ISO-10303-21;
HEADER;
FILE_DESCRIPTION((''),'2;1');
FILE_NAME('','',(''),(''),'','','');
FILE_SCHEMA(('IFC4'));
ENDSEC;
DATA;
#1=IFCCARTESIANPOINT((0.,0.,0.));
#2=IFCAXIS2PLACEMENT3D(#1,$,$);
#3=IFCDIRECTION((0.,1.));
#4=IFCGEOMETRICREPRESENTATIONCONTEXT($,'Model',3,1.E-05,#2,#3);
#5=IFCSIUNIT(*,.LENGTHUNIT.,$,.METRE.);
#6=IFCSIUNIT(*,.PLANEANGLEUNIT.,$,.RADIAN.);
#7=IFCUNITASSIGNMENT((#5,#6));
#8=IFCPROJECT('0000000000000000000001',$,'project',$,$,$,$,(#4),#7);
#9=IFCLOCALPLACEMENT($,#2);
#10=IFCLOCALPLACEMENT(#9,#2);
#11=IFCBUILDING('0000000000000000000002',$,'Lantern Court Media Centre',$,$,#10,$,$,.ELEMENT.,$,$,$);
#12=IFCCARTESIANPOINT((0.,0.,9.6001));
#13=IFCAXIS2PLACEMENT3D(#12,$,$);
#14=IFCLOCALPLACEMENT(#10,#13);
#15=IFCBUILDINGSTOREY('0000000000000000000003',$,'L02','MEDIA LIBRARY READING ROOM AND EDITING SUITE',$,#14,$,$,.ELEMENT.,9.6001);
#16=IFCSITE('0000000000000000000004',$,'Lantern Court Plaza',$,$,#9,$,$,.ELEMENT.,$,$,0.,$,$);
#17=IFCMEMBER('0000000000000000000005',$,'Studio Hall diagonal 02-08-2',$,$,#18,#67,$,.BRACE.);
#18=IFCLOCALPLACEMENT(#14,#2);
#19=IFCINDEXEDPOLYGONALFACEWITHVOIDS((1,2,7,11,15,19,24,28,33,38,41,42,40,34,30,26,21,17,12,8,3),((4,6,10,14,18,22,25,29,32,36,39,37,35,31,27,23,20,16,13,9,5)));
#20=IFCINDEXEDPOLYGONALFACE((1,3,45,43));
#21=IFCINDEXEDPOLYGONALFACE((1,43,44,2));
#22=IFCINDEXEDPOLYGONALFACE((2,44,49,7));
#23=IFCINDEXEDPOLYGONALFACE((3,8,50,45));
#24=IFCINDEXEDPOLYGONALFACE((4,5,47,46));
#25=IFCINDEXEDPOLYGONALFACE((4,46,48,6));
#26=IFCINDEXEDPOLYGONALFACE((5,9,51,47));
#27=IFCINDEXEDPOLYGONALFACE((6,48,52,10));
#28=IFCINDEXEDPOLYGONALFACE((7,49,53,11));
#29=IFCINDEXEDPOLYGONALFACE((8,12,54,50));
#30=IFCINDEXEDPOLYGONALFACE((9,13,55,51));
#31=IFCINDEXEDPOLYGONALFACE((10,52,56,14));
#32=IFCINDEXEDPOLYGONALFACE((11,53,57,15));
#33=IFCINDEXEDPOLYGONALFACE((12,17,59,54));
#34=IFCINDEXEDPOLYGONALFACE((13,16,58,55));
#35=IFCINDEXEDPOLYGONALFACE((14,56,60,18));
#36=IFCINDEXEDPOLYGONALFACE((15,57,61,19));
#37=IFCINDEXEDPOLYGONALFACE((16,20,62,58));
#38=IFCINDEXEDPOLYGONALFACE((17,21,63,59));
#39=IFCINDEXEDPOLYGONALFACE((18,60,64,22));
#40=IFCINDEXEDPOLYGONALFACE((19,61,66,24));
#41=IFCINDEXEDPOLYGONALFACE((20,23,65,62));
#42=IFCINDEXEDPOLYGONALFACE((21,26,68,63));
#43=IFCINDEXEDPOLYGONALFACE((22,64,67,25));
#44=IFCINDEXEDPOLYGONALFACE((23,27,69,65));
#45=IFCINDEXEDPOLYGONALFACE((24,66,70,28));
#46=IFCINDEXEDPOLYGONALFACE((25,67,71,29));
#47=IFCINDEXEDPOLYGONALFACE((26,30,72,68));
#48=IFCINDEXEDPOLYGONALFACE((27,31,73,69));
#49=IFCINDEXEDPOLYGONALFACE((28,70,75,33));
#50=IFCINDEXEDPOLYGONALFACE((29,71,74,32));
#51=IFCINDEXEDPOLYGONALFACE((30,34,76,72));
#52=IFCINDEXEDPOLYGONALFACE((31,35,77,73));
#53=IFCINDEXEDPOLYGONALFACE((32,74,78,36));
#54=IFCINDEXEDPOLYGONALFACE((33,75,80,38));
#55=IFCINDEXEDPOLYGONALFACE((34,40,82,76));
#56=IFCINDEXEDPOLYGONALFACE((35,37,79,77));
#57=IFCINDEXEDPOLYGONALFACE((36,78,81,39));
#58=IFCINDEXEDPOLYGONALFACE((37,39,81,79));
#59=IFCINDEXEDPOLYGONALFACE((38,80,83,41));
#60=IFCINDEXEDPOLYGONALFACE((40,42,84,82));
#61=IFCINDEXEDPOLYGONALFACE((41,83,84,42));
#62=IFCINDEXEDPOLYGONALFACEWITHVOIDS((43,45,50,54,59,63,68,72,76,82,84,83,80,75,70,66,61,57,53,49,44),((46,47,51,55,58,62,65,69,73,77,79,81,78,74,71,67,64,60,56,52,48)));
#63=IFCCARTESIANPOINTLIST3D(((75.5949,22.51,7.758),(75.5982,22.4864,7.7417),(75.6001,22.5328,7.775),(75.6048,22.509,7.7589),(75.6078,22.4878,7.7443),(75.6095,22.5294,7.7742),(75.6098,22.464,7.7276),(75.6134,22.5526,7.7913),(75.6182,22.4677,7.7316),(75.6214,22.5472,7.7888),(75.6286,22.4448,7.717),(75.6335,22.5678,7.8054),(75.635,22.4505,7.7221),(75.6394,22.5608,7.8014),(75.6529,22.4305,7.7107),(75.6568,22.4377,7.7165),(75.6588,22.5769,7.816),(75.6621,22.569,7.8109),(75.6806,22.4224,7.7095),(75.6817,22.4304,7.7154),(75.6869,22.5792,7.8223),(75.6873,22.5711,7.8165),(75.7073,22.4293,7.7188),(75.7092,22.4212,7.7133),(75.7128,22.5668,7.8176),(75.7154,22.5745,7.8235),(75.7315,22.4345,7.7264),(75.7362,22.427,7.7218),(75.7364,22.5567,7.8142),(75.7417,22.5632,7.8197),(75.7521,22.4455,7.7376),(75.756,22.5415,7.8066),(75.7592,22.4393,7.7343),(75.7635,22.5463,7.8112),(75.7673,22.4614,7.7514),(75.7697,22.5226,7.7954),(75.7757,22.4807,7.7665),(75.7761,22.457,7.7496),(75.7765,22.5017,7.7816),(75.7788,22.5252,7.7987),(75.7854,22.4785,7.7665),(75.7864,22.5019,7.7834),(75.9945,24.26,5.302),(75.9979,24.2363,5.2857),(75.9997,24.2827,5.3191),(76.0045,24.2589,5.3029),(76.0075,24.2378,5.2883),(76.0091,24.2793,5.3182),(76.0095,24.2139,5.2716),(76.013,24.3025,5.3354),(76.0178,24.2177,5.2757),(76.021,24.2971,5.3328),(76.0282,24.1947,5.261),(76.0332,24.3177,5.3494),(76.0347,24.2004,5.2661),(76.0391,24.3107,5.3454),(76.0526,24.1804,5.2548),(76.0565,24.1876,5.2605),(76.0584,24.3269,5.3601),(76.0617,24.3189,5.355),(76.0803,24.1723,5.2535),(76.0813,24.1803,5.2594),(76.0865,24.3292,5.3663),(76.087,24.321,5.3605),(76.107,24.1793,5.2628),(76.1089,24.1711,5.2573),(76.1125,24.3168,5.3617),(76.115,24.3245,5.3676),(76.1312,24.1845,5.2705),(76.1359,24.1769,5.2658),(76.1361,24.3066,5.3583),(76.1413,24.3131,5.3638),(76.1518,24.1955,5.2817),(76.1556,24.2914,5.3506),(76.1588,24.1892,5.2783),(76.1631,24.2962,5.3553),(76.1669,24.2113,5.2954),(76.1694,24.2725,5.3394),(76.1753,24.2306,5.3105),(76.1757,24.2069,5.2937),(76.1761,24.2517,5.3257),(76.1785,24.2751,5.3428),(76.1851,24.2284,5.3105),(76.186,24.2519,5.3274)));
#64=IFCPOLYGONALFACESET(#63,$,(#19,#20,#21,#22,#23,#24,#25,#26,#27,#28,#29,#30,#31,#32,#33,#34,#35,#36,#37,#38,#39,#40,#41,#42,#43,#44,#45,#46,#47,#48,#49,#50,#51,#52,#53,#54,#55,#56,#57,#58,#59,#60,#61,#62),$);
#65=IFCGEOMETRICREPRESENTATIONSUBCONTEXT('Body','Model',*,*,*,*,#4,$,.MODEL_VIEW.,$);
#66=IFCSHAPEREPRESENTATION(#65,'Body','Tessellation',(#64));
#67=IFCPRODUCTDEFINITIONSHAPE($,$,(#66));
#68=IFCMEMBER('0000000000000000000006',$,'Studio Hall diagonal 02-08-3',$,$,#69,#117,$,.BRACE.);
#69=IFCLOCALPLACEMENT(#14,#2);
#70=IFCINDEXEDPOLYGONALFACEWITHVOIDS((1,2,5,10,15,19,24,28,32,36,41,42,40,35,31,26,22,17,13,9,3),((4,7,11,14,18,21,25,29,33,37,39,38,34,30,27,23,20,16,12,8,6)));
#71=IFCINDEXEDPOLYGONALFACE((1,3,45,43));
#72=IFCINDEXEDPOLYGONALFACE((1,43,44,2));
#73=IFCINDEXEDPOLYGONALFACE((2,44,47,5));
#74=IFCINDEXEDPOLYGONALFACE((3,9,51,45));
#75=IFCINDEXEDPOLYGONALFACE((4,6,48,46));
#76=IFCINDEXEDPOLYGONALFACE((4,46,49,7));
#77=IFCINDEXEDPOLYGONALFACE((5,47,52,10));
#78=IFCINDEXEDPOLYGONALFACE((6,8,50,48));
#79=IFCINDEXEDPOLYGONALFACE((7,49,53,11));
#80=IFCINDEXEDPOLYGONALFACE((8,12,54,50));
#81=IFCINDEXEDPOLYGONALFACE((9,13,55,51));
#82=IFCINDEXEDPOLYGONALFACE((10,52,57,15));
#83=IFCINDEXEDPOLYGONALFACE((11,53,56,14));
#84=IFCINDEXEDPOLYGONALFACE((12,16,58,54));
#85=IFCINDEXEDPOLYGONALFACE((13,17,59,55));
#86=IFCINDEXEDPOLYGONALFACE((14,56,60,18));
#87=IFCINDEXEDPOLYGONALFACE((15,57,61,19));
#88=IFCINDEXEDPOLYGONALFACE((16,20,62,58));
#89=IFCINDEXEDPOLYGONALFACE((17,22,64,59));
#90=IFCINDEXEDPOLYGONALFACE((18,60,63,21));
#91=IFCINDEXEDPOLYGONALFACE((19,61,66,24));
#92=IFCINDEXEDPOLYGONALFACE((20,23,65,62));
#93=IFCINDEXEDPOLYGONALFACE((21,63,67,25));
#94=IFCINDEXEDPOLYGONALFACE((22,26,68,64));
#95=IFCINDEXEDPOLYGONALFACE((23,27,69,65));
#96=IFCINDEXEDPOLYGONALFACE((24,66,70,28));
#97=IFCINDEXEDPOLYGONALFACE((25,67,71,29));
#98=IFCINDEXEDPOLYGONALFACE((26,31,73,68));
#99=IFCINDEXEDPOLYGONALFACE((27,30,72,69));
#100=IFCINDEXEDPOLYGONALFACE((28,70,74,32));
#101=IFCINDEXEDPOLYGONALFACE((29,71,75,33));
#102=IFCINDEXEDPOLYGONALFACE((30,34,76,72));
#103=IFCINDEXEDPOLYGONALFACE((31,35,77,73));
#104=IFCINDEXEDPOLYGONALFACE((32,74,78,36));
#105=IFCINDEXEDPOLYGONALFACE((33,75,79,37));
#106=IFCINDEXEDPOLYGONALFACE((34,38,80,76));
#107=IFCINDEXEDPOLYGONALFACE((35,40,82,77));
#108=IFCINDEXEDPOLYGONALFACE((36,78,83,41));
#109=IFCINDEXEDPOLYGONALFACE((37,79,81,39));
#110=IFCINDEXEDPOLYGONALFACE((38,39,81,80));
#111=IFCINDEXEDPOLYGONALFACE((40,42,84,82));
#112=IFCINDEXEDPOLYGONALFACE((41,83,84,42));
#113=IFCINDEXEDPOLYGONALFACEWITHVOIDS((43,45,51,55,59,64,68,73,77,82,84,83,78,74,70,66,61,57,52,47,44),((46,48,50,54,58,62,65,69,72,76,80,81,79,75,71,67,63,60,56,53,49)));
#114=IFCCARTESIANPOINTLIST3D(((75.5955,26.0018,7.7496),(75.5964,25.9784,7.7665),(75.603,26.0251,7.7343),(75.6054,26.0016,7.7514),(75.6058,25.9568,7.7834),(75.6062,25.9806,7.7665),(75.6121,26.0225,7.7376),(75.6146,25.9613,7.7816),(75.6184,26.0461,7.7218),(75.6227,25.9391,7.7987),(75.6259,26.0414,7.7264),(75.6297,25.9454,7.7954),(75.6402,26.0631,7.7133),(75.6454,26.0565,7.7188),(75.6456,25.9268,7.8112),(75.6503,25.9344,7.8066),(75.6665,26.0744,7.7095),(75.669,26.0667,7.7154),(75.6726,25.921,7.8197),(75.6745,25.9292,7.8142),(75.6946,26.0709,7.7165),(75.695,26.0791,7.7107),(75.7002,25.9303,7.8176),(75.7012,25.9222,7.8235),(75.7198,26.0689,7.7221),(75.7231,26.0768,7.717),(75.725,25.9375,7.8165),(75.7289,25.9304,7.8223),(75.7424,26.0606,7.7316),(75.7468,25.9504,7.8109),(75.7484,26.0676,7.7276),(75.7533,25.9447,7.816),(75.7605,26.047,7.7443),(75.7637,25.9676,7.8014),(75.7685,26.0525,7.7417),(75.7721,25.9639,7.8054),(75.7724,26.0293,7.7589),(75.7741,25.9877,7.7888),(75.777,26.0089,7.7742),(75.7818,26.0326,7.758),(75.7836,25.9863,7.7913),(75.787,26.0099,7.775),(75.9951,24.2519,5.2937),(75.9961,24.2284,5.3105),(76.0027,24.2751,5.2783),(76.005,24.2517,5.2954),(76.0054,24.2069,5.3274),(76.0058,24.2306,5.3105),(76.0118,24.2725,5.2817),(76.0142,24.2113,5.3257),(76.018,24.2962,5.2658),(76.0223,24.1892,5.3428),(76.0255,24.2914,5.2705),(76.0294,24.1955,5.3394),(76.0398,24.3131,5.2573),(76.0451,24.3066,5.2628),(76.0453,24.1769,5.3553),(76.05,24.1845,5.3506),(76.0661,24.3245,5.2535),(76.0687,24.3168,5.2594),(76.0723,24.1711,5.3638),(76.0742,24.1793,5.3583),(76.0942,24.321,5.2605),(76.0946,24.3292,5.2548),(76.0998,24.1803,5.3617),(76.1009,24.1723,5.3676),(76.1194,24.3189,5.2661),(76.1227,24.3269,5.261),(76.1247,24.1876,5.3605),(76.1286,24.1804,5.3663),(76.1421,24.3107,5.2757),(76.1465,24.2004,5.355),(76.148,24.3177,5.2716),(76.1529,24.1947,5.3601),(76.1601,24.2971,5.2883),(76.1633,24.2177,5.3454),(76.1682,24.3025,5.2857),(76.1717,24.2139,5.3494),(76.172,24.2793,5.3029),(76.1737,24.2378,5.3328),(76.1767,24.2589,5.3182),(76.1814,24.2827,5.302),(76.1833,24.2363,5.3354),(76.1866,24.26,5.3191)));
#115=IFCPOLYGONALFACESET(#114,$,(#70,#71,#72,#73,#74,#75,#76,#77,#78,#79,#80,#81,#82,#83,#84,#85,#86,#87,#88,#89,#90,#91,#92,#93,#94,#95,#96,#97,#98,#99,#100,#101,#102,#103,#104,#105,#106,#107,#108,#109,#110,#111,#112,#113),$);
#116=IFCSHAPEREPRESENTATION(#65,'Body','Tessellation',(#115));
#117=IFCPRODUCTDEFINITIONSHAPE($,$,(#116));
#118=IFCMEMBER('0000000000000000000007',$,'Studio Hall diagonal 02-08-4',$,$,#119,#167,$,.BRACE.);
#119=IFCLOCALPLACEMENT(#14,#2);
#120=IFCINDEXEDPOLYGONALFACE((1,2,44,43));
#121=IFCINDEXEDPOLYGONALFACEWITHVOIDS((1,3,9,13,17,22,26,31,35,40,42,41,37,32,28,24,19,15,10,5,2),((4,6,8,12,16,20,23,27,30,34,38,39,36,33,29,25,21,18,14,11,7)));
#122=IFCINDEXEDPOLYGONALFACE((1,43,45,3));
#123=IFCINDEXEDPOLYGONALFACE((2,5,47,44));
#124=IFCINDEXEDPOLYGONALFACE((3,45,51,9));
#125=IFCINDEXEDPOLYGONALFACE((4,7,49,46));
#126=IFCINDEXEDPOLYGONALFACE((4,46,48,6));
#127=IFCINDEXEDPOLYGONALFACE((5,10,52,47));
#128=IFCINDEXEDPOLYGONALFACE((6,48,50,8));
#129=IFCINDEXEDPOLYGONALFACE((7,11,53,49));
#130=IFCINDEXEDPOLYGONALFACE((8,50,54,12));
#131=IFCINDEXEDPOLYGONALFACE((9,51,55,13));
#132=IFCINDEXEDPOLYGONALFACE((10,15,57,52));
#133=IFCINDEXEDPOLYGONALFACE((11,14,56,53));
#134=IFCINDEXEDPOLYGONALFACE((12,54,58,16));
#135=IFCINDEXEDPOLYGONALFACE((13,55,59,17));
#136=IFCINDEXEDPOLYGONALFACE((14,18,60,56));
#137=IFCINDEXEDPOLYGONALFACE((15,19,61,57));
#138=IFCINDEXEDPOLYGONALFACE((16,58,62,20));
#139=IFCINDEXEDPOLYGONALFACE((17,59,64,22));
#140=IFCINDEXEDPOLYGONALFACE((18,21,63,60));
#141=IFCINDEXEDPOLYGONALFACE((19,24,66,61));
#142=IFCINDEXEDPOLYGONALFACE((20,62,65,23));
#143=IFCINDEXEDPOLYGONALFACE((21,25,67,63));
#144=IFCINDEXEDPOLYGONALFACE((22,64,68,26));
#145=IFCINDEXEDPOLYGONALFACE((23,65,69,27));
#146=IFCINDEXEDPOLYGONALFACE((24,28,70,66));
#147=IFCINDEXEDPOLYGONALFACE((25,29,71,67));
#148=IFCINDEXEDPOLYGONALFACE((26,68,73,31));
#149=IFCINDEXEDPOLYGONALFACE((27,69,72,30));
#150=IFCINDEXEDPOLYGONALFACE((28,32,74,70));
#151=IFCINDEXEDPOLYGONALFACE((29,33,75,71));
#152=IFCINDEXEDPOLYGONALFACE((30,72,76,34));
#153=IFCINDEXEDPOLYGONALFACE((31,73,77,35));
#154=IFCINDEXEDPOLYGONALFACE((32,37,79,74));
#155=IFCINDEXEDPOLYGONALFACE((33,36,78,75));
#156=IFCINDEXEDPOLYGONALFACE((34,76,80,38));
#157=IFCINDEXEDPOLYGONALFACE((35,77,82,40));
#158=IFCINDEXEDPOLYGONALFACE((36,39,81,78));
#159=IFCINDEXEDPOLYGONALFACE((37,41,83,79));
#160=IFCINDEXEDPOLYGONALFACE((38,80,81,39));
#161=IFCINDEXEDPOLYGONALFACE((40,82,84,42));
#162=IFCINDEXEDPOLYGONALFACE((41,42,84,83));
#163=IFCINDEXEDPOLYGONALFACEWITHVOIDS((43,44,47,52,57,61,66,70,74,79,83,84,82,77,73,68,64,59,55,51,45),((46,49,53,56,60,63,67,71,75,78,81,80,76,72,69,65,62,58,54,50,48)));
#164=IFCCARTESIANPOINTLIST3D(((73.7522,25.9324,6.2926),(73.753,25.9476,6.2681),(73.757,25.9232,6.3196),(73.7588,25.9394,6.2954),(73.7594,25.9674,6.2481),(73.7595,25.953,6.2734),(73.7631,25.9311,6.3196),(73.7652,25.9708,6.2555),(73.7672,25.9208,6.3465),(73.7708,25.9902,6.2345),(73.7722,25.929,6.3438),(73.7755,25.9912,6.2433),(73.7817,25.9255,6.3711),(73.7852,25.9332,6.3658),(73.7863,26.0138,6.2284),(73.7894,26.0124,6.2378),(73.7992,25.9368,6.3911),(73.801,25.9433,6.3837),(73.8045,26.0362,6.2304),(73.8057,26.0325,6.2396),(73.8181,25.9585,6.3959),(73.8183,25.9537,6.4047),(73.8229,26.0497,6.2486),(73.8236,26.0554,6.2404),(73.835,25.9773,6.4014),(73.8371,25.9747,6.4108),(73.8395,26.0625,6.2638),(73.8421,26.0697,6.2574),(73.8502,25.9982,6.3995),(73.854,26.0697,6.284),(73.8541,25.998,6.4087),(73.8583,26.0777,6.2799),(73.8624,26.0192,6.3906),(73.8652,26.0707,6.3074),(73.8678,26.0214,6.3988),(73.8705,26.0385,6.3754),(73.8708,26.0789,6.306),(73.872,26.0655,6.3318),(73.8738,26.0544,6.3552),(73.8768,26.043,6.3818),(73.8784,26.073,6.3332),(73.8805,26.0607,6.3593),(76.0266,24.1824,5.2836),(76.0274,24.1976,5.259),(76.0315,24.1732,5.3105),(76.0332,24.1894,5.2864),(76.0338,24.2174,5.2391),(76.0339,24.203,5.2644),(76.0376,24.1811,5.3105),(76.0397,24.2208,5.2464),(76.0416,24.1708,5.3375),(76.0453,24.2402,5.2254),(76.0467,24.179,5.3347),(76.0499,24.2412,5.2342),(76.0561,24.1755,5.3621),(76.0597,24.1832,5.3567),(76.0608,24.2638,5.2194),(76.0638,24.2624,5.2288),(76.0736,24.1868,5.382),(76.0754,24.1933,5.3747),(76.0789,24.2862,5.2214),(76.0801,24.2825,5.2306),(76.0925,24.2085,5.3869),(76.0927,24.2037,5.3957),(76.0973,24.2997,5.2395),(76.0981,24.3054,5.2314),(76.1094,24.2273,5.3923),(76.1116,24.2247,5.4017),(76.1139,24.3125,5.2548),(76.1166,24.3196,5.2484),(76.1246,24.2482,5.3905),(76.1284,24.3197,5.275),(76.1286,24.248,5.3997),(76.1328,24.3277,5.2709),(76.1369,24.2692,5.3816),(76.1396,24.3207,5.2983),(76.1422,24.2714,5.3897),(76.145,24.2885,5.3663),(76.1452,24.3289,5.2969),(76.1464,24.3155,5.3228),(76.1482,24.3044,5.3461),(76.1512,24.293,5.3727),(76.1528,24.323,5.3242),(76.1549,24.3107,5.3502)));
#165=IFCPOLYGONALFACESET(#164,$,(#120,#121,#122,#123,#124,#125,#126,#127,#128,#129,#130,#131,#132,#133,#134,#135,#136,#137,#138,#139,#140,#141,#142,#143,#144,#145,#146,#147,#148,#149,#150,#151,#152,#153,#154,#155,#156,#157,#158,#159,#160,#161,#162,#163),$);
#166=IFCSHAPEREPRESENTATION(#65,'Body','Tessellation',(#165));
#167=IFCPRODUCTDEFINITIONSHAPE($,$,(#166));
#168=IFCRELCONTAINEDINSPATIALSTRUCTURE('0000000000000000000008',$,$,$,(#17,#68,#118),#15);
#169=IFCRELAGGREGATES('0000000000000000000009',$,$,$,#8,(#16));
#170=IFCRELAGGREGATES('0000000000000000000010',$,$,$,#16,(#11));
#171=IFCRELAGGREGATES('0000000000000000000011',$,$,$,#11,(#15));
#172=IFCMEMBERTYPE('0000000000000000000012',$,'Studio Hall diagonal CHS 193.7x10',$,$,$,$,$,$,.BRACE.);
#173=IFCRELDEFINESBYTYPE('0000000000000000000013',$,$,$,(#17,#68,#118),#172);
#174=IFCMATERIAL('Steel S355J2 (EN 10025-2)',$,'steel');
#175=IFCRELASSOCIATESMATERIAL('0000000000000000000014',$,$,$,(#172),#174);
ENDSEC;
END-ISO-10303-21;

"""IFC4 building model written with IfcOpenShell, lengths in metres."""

from ifc_helpers import new_model, si_unit, direction, frame, origin, origin_2d, place, context, subcontext, project, spatial, hollow_circle, extrude, material, material_profile, profile_set, type_object, element, save


model = new_model("IFC4")

# Units and contexts
model_context = context("Model", 3, precision=1e-05, world=origin(), true_north=direction((0.0, 1.0)))
body_context = subcontext(model_context, "Body", "Model", "MODEL_VIEW")
ifc_project = project(units=[si_unit("LENGTHUNIT", "METRE"), si_unit("PLANEANGLEUNIT", "RADIAN")], contexts=[model_context])

# Site, building, storey
site_placement = place(None, origin())
site = spatial("IfcSite", under=ifc_project, at=site_placement, Name="Lantern Court Plaza", CompositionType="ELEMENT", RefElevation=0.0)
building_placement = place(site_placement, origin())
building = spatial("IfcBuilding", under=site, at=building_placement, Name="Lantern Court Media Centre", CompositionType="ELEMENT")
storey_placement = place(building_placement, frame((0.0, 0.0, 9.6001)))
storey = spatial("IfcBuildingStorey", under=building, at=storey_placement, Name="L02", Description="MEDIA LIBRARY READING ROOM AND EDITING SUITE", CompositionType="ELEMENT", Elevation=9.6001)

# Members
ifc_material = material(Name="Steel S355J2 (EN 10025-2)", Category="steel")
ifc_material_profile_1 = material_profile(ifc_material, hollow_circle(Radius=0.0969, WallThickness=0.01, at=origin_2d()), Name="Studio Hall diagonal CHS 193.7x10")
ifc_profile_set_1 = profile_set([ifc_material_profile_1], Name="Steel S355J2 (EN 10025-2)")
member_type_1 = type_object("IfcMemberType", Name="Studio Hall diagonal CHS 193.7x10", PredefinedType="BRACE", material=ifc_profile_set_1)
for number, where, z_axis, x_axis, name in (
    (1, (76.0906, 24.25, 5.3105), (-0.131375, -0.575259, 0.807352), (0.9749, -0.222644, 0.0), "Studio Hall diagonal 02-08-2"),
    (2, (76.0906, 24.25, 5.3105), (-0.131375, 0.575259, 0.807352), (-0.9749, -0.222644, 0.0), "Studio Hall diagonal 02-08-3"),
    (3, (76.0906, 24.25, 5.3105), (-0.747677, 0.575284, 0.331703), (-0.609809, -0.792548, 0.0), "Studio Hall diagonal 02-08-4"),
):
    element("IfcMember", number, at=place(storey_placement, frame(where, z_axis=z_axis, x_axis=x_axis)), inside=storey, type_object=member_type_1, Name=name, PredefinedType="BRACE", context=body_context, shape_type="SweptSolid", body=[
        extrude(hollow_circle(Radius=0.0969, WallThickness=0.01, at=origin_2d()), origin(), (0.0, 0.0, 1.0), 3.042),
    ])

save(model, "model.ifc")
